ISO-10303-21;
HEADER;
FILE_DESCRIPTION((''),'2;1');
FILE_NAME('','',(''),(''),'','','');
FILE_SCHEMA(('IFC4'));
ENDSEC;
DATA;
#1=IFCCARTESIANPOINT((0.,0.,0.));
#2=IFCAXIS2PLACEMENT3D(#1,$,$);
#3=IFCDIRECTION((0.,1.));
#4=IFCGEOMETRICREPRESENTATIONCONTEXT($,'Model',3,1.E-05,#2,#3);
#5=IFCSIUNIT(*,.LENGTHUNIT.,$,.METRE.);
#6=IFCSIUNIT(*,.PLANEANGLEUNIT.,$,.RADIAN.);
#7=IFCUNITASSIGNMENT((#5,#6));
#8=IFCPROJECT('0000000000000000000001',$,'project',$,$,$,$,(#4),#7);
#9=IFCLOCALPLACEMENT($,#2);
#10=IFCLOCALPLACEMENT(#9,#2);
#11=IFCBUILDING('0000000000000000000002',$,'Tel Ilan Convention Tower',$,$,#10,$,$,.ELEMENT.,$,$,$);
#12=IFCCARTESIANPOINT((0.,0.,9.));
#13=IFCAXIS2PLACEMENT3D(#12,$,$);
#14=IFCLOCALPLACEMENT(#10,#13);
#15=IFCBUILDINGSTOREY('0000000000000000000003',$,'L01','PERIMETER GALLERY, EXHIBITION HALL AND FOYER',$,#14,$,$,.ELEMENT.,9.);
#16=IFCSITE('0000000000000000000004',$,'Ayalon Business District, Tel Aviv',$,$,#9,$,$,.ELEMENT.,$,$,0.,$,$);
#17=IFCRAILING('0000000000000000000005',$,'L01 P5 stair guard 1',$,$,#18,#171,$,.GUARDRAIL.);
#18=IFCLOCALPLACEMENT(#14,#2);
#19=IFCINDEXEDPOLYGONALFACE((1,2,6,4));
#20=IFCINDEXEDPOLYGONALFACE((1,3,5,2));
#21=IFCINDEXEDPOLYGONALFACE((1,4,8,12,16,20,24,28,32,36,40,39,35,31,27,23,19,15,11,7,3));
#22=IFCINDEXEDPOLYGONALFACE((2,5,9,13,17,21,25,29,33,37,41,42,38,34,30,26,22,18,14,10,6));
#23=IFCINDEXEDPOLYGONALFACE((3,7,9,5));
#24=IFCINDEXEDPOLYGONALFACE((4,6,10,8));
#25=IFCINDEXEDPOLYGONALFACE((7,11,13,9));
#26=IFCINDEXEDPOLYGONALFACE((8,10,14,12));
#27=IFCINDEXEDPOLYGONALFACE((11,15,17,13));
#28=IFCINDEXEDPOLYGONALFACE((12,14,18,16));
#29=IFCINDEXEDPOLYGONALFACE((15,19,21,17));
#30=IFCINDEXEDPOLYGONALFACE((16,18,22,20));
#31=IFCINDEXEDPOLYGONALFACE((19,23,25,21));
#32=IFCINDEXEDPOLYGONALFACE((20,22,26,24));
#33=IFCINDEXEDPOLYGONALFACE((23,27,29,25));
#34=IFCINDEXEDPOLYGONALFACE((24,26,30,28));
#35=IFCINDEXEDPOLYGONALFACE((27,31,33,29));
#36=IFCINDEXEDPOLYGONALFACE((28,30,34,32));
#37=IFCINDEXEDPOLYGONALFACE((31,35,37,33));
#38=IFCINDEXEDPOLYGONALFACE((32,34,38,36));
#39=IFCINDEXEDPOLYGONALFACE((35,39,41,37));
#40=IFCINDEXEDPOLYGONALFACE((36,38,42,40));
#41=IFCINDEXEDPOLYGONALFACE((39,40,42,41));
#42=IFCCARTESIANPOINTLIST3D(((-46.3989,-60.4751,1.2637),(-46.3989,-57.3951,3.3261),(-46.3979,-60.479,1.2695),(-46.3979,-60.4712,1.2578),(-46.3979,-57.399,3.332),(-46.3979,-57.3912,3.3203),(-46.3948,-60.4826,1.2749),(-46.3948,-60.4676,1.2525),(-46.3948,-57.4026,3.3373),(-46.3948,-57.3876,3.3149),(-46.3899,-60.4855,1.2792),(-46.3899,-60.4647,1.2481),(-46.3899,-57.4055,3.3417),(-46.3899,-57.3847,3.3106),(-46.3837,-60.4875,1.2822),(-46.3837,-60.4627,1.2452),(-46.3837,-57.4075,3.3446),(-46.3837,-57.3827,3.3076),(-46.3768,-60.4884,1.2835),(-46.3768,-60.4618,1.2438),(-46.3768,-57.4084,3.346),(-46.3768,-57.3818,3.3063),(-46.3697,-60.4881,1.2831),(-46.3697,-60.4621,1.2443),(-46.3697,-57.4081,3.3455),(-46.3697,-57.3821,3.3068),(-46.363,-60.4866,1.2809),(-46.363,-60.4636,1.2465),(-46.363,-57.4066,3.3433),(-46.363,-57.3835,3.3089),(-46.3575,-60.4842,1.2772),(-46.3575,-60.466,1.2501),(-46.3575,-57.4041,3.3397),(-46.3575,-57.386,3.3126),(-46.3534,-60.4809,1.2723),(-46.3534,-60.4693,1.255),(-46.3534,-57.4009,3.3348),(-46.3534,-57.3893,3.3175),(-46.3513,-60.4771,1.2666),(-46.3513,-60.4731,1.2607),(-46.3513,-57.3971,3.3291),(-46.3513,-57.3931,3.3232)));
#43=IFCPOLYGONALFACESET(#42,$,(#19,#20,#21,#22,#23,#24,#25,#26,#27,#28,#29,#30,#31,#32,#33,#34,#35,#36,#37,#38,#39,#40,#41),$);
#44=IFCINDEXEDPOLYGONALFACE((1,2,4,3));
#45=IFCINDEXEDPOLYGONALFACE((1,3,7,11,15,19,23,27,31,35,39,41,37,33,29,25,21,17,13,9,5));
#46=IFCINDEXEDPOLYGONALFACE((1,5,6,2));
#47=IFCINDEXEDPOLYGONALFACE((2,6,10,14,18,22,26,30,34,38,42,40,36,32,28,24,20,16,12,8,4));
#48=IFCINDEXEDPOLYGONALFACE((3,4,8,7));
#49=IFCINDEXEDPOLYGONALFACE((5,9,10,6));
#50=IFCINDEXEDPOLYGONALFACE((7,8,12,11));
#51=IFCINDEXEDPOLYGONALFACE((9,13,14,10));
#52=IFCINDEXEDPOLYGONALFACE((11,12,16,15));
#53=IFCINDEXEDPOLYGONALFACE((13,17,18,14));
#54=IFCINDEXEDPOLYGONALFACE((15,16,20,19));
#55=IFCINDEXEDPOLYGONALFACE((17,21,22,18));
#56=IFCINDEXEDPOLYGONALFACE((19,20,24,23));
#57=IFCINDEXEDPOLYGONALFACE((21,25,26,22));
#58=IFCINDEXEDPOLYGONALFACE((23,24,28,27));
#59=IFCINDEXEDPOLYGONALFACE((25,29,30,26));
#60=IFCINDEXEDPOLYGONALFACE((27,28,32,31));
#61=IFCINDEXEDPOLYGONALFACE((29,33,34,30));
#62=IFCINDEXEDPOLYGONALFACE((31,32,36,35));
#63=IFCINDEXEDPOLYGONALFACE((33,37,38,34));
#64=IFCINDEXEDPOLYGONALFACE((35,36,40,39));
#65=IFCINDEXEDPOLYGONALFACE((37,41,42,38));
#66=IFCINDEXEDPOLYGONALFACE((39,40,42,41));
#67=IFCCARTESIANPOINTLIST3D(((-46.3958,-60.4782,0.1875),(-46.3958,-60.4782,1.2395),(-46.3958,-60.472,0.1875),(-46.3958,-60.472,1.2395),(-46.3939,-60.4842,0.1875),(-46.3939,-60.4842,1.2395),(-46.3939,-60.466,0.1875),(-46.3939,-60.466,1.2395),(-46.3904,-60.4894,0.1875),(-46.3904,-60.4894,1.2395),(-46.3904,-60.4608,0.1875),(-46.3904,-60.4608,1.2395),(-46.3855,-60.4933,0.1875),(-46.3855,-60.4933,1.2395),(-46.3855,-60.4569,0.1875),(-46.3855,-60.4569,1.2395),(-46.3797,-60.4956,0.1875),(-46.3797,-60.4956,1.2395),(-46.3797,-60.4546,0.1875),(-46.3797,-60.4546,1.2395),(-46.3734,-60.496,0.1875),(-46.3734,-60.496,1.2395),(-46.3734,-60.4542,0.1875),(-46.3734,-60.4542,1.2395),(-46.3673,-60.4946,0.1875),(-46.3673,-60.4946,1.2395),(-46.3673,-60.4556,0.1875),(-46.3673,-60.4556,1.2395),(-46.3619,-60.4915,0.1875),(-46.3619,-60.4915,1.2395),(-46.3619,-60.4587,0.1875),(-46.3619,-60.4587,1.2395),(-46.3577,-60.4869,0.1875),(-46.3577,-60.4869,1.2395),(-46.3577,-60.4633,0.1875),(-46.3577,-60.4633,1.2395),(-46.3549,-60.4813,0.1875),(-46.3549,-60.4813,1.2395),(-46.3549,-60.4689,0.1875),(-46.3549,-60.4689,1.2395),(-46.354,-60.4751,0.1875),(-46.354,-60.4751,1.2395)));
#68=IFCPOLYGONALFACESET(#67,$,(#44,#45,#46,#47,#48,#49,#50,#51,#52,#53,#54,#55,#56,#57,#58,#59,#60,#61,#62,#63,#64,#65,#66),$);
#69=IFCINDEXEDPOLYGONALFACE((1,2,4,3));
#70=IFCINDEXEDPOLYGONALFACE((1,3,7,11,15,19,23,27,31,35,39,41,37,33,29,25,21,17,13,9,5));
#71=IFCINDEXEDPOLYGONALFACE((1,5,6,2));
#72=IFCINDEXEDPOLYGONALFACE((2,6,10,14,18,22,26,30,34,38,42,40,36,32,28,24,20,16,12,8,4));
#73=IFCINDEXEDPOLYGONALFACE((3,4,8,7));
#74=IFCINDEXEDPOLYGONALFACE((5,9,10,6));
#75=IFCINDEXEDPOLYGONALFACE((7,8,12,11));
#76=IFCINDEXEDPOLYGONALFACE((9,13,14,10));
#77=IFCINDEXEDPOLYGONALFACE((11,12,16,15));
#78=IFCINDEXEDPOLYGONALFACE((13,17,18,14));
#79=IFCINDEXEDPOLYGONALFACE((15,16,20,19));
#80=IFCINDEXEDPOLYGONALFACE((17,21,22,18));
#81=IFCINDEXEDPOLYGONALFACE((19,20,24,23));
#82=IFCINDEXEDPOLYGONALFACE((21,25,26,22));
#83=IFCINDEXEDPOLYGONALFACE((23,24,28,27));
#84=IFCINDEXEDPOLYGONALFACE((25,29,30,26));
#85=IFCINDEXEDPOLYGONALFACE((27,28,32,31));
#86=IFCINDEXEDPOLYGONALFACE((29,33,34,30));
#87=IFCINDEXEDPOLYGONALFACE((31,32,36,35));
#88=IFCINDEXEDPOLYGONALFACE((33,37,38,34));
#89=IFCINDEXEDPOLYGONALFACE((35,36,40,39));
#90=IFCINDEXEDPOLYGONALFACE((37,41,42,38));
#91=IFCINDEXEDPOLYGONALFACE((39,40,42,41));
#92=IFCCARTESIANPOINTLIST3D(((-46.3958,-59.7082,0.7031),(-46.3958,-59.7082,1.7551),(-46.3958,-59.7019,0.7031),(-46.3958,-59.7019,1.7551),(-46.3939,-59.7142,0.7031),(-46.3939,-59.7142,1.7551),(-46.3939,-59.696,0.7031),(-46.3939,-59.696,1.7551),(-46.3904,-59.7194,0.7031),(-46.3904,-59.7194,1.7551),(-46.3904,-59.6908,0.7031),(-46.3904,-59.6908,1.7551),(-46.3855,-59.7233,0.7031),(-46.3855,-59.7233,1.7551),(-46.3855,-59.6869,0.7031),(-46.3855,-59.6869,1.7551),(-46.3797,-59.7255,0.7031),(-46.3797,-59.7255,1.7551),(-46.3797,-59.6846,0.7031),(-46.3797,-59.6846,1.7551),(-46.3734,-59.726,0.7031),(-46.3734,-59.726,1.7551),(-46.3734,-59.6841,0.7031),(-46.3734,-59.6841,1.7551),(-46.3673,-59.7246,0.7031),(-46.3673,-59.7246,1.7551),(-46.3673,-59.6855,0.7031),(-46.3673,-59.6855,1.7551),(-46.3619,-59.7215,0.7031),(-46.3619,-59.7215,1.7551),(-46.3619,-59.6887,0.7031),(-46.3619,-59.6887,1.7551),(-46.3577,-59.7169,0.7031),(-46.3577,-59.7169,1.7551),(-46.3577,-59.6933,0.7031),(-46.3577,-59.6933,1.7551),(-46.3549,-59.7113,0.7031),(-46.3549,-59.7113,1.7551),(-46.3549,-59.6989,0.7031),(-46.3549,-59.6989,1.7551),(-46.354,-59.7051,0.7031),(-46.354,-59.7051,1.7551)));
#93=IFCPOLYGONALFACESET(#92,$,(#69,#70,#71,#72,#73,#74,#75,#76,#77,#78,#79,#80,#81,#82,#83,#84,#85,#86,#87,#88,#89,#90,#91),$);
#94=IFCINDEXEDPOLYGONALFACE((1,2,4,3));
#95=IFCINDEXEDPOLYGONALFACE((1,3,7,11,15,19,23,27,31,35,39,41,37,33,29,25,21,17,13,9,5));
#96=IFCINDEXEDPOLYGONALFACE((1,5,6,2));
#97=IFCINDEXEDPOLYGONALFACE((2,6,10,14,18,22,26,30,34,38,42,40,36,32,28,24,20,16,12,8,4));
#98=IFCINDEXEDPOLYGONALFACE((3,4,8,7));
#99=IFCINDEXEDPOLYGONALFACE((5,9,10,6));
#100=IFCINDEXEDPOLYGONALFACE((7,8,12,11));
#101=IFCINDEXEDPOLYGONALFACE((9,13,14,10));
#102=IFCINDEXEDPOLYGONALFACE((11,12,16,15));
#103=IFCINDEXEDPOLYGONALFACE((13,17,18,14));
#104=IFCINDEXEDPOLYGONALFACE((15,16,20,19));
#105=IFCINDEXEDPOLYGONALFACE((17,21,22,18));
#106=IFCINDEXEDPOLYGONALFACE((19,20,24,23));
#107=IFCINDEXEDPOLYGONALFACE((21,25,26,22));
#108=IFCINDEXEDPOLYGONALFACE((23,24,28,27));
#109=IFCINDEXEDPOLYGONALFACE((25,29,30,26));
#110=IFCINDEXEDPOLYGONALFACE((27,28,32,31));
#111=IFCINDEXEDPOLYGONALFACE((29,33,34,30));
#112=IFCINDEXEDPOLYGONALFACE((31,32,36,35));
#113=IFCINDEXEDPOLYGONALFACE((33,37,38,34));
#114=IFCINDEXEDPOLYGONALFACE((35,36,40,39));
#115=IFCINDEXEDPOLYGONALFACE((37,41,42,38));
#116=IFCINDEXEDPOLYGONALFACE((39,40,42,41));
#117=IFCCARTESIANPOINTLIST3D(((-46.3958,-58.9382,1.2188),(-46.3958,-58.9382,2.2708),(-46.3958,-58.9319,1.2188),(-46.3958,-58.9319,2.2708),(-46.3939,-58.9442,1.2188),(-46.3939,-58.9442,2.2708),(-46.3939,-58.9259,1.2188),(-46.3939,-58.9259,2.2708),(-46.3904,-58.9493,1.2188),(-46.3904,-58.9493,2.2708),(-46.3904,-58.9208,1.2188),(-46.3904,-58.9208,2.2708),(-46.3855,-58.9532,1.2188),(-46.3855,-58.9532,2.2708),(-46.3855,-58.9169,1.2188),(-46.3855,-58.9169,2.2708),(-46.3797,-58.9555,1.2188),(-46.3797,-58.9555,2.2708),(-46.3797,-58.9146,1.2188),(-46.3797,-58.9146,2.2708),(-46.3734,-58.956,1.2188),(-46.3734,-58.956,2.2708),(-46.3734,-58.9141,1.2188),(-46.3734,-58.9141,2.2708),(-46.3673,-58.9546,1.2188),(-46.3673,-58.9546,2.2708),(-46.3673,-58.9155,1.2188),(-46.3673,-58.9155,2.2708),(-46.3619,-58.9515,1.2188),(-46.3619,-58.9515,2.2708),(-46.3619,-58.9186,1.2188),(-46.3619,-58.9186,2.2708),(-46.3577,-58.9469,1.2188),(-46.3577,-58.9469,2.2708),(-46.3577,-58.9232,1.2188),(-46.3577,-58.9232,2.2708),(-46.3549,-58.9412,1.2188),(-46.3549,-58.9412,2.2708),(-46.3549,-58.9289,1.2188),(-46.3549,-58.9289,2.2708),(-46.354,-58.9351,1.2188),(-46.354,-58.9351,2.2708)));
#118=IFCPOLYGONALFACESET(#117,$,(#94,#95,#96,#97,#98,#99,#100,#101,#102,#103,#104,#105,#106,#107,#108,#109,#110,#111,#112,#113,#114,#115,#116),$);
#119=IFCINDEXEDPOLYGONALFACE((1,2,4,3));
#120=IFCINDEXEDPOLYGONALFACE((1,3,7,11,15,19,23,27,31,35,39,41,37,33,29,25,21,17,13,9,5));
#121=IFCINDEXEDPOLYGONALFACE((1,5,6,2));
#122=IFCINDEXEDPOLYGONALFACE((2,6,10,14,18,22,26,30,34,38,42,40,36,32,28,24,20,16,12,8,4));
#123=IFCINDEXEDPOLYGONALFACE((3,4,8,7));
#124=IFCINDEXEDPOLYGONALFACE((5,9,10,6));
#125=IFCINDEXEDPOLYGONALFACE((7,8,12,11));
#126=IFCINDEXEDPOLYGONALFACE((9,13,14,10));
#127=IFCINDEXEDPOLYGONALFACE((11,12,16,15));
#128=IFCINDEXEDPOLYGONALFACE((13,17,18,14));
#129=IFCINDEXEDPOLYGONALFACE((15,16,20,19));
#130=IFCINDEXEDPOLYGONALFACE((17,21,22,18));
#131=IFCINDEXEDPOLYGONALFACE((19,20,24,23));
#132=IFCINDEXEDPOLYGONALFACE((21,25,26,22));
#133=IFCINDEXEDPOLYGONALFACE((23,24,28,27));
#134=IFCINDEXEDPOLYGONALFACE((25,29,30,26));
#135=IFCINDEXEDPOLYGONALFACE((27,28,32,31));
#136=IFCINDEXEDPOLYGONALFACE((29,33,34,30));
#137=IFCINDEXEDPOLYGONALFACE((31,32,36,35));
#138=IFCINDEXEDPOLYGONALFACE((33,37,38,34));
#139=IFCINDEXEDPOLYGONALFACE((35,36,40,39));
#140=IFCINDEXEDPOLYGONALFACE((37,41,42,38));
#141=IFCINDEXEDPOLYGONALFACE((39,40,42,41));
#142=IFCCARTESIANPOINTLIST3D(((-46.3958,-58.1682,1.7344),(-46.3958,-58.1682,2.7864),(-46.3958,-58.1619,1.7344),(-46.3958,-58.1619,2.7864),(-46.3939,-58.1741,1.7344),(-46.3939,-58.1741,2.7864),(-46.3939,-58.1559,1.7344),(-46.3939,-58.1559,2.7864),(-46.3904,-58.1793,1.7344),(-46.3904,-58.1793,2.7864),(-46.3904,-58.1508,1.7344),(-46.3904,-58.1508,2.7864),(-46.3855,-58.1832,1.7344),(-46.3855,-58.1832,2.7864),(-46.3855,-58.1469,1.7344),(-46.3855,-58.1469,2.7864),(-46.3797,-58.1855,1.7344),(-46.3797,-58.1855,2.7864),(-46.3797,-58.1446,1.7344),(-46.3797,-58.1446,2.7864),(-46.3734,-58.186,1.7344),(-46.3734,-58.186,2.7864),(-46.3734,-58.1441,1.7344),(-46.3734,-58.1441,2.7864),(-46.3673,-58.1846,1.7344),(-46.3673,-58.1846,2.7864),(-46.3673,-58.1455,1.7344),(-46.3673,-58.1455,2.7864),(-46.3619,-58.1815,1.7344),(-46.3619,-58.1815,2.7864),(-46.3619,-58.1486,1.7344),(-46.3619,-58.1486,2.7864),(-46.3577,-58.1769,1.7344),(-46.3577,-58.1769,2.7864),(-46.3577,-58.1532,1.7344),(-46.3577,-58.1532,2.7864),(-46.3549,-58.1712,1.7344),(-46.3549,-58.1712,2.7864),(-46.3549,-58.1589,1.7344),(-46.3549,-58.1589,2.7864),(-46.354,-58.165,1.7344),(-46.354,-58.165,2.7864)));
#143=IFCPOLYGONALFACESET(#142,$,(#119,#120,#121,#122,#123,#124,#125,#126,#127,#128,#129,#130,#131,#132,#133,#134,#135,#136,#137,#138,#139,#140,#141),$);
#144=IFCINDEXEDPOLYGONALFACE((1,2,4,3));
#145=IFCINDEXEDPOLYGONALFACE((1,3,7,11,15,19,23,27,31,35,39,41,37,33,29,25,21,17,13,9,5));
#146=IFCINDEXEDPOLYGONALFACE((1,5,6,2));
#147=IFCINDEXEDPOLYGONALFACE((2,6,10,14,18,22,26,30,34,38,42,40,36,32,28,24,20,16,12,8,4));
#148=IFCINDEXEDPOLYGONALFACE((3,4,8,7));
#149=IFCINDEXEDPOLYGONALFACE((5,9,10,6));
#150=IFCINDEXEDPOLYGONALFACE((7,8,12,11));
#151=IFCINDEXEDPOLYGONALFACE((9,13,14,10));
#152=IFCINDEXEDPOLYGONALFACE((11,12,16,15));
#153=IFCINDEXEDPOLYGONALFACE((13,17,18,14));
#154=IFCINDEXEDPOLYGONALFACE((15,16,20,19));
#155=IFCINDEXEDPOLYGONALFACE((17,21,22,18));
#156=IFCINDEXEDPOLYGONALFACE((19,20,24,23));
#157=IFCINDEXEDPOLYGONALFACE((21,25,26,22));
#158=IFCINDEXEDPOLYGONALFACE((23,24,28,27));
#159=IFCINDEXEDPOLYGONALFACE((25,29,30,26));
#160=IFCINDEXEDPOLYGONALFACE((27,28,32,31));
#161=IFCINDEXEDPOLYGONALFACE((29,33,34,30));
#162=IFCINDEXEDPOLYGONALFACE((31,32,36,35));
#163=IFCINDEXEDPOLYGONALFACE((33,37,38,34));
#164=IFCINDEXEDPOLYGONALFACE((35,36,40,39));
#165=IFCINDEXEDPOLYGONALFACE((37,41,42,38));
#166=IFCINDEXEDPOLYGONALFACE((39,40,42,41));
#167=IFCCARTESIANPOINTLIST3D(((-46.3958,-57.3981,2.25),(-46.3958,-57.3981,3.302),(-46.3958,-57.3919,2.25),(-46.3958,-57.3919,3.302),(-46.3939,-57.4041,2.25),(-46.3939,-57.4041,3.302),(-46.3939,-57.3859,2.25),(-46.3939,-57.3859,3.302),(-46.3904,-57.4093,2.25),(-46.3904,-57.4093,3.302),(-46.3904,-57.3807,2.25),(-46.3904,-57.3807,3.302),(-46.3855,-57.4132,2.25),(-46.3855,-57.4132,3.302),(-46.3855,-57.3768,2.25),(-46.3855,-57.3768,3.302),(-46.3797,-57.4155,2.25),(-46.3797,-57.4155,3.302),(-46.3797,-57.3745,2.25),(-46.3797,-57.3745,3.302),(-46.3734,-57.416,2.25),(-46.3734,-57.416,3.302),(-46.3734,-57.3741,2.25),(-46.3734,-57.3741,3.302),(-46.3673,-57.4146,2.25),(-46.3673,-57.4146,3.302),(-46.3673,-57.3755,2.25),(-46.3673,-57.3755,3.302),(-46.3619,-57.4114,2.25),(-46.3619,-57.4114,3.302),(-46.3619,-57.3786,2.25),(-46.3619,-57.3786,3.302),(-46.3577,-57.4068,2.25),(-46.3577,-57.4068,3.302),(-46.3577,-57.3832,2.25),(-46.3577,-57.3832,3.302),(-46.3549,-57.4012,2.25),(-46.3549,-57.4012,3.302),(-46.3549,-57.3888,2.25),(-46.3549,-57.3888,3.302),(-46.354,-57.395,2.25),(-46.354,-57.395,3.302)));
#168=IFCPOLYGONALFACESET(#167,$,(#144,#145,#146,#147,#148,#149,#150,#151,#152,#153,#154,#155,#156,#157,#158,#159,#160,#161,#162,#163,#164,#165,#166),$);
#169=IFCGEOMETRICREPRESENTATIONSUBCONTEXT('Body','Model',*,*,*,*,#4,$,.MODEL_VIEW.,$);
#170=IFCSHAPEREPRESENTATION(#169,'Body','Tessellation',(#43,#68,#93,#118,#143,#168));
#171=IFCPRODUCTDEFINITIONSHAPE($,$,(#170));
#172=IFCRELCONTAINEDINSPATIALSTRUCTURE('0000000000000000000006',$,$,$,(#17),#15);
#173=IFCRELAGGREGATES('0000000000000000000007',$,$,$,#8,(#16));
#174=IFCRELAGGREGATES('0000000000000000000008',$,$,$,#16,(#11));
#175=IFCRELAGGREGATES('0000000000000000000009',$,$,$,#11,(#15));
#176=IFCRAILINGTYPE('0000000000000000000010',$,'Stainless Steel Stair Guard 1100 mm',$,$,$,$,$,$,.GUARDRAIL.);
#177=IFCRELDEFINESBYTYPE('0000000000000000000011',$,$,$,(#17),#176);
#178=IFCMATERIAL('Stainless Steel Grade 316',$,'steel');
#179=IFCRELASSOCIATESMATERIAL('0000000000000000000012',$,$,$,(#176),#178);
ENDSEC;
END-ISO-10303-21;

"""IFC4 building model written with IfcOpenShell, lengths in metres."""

from ifc_helpers import new_model, si_unit, direction, frame, origin, origin_2d, place, context, subcontext, project, spatial, circle, extrude, material, type_object, element, save


model = new_model("IFC4")

# Units and contexts
model_context = context("Model", 3, precision=1e-05, world=origin(), true_north=direction((0.0, 1.0)))
body_context = subcontext(model_context, "Body", "Model", "MODEL_VIEW")
ifc_project = project(units=[si_unit("LENGTHUNIT", "METRE"), si_unit("PLANEANGLEUNIT", "RADIAN")], contexts=[model_context])

# Site, building, storey
site_placement = place(None, origin())
site = spatial("IfcSite", under=ifc_project, at=site_placement, Name="Ayalon Business District, Tel Aviv", CompositionType="ELEMENT", RefElevation=0.0)
building_placement = place(site_placement, origin())
building = spatial("IfcBuilding", under=site, at=building_placement, Name="Tel Ilan Convention Tower", CompositionType="ELEMENT")
storey_placement = place(building_placement, frame((0.0, 0.0, 9.0)))
storey = spatial("IfcBuildingStorey", under=building, at=storey_placement, Name="L01", Description="PERIMETER GALLERY, EXHIBITION HALL AND FOYER", CompositionType="ELEMENT", Elevation=9.0)

# Railing
ifc_material_1 = material(Name="Stainless Steel Grade 316", Category="steel")
railing_type_1 = type_object("IfcRailingType", Name="Stainless Steel Stair Guard 1100 mm", PredefinedType="GUARDRAIL", material=ifc_material_1)
railing_1_placement = place(storey_placement, frame((-46.375, -60.4751, 0.1875)))
element("IfcRailing", 1, at=railing_1_placement, inside=storey, type_object=railing_type_1, Name="L01 P5 stair guard 1", PredefinedType="GUARDRAIL", context=body_context, shape_type="SweptSolid", body=[
    extrude(circle(Radius=0.0239, at=origin_2d()), frame((0.0, 0.0, 1.0762), z_axis=(0.0, 0.830914, 0.556401), x_axis=(-1.0, 0.0, 0.0)), (0.0, 0.0, 1.0), 3.7068),
    extrude(circle(Radius=0.021, at=origin_2d()), origin(), (0.0, 0.0, 1.0), 1.052),
    extrude(circle(Radius=0.021, at=origin_2d()), frame((0.0, 0.77, 0.5156)), (0.0, 0.0, 1.0), 1.052),
    extrude(circle(Radius=0.021, at=origin_2d()), frame((0.0, 1.54, 1.0312)), (0.0, 0.0, 1.0), 1.052),
    extrude(circle(Radius=0.021, at=origin_2d()), frame((0.0, 2.3101, 1.5469)), (0.0, 0.0, 1.0), 1.052),
    extrude(circle(Radius=0.021, at=origin_2d()), frame((0.0, 3.0801, 2.0625)), (0.0, 0.0, 1.0), 1.052),
])

save(model, "model.ifc")
